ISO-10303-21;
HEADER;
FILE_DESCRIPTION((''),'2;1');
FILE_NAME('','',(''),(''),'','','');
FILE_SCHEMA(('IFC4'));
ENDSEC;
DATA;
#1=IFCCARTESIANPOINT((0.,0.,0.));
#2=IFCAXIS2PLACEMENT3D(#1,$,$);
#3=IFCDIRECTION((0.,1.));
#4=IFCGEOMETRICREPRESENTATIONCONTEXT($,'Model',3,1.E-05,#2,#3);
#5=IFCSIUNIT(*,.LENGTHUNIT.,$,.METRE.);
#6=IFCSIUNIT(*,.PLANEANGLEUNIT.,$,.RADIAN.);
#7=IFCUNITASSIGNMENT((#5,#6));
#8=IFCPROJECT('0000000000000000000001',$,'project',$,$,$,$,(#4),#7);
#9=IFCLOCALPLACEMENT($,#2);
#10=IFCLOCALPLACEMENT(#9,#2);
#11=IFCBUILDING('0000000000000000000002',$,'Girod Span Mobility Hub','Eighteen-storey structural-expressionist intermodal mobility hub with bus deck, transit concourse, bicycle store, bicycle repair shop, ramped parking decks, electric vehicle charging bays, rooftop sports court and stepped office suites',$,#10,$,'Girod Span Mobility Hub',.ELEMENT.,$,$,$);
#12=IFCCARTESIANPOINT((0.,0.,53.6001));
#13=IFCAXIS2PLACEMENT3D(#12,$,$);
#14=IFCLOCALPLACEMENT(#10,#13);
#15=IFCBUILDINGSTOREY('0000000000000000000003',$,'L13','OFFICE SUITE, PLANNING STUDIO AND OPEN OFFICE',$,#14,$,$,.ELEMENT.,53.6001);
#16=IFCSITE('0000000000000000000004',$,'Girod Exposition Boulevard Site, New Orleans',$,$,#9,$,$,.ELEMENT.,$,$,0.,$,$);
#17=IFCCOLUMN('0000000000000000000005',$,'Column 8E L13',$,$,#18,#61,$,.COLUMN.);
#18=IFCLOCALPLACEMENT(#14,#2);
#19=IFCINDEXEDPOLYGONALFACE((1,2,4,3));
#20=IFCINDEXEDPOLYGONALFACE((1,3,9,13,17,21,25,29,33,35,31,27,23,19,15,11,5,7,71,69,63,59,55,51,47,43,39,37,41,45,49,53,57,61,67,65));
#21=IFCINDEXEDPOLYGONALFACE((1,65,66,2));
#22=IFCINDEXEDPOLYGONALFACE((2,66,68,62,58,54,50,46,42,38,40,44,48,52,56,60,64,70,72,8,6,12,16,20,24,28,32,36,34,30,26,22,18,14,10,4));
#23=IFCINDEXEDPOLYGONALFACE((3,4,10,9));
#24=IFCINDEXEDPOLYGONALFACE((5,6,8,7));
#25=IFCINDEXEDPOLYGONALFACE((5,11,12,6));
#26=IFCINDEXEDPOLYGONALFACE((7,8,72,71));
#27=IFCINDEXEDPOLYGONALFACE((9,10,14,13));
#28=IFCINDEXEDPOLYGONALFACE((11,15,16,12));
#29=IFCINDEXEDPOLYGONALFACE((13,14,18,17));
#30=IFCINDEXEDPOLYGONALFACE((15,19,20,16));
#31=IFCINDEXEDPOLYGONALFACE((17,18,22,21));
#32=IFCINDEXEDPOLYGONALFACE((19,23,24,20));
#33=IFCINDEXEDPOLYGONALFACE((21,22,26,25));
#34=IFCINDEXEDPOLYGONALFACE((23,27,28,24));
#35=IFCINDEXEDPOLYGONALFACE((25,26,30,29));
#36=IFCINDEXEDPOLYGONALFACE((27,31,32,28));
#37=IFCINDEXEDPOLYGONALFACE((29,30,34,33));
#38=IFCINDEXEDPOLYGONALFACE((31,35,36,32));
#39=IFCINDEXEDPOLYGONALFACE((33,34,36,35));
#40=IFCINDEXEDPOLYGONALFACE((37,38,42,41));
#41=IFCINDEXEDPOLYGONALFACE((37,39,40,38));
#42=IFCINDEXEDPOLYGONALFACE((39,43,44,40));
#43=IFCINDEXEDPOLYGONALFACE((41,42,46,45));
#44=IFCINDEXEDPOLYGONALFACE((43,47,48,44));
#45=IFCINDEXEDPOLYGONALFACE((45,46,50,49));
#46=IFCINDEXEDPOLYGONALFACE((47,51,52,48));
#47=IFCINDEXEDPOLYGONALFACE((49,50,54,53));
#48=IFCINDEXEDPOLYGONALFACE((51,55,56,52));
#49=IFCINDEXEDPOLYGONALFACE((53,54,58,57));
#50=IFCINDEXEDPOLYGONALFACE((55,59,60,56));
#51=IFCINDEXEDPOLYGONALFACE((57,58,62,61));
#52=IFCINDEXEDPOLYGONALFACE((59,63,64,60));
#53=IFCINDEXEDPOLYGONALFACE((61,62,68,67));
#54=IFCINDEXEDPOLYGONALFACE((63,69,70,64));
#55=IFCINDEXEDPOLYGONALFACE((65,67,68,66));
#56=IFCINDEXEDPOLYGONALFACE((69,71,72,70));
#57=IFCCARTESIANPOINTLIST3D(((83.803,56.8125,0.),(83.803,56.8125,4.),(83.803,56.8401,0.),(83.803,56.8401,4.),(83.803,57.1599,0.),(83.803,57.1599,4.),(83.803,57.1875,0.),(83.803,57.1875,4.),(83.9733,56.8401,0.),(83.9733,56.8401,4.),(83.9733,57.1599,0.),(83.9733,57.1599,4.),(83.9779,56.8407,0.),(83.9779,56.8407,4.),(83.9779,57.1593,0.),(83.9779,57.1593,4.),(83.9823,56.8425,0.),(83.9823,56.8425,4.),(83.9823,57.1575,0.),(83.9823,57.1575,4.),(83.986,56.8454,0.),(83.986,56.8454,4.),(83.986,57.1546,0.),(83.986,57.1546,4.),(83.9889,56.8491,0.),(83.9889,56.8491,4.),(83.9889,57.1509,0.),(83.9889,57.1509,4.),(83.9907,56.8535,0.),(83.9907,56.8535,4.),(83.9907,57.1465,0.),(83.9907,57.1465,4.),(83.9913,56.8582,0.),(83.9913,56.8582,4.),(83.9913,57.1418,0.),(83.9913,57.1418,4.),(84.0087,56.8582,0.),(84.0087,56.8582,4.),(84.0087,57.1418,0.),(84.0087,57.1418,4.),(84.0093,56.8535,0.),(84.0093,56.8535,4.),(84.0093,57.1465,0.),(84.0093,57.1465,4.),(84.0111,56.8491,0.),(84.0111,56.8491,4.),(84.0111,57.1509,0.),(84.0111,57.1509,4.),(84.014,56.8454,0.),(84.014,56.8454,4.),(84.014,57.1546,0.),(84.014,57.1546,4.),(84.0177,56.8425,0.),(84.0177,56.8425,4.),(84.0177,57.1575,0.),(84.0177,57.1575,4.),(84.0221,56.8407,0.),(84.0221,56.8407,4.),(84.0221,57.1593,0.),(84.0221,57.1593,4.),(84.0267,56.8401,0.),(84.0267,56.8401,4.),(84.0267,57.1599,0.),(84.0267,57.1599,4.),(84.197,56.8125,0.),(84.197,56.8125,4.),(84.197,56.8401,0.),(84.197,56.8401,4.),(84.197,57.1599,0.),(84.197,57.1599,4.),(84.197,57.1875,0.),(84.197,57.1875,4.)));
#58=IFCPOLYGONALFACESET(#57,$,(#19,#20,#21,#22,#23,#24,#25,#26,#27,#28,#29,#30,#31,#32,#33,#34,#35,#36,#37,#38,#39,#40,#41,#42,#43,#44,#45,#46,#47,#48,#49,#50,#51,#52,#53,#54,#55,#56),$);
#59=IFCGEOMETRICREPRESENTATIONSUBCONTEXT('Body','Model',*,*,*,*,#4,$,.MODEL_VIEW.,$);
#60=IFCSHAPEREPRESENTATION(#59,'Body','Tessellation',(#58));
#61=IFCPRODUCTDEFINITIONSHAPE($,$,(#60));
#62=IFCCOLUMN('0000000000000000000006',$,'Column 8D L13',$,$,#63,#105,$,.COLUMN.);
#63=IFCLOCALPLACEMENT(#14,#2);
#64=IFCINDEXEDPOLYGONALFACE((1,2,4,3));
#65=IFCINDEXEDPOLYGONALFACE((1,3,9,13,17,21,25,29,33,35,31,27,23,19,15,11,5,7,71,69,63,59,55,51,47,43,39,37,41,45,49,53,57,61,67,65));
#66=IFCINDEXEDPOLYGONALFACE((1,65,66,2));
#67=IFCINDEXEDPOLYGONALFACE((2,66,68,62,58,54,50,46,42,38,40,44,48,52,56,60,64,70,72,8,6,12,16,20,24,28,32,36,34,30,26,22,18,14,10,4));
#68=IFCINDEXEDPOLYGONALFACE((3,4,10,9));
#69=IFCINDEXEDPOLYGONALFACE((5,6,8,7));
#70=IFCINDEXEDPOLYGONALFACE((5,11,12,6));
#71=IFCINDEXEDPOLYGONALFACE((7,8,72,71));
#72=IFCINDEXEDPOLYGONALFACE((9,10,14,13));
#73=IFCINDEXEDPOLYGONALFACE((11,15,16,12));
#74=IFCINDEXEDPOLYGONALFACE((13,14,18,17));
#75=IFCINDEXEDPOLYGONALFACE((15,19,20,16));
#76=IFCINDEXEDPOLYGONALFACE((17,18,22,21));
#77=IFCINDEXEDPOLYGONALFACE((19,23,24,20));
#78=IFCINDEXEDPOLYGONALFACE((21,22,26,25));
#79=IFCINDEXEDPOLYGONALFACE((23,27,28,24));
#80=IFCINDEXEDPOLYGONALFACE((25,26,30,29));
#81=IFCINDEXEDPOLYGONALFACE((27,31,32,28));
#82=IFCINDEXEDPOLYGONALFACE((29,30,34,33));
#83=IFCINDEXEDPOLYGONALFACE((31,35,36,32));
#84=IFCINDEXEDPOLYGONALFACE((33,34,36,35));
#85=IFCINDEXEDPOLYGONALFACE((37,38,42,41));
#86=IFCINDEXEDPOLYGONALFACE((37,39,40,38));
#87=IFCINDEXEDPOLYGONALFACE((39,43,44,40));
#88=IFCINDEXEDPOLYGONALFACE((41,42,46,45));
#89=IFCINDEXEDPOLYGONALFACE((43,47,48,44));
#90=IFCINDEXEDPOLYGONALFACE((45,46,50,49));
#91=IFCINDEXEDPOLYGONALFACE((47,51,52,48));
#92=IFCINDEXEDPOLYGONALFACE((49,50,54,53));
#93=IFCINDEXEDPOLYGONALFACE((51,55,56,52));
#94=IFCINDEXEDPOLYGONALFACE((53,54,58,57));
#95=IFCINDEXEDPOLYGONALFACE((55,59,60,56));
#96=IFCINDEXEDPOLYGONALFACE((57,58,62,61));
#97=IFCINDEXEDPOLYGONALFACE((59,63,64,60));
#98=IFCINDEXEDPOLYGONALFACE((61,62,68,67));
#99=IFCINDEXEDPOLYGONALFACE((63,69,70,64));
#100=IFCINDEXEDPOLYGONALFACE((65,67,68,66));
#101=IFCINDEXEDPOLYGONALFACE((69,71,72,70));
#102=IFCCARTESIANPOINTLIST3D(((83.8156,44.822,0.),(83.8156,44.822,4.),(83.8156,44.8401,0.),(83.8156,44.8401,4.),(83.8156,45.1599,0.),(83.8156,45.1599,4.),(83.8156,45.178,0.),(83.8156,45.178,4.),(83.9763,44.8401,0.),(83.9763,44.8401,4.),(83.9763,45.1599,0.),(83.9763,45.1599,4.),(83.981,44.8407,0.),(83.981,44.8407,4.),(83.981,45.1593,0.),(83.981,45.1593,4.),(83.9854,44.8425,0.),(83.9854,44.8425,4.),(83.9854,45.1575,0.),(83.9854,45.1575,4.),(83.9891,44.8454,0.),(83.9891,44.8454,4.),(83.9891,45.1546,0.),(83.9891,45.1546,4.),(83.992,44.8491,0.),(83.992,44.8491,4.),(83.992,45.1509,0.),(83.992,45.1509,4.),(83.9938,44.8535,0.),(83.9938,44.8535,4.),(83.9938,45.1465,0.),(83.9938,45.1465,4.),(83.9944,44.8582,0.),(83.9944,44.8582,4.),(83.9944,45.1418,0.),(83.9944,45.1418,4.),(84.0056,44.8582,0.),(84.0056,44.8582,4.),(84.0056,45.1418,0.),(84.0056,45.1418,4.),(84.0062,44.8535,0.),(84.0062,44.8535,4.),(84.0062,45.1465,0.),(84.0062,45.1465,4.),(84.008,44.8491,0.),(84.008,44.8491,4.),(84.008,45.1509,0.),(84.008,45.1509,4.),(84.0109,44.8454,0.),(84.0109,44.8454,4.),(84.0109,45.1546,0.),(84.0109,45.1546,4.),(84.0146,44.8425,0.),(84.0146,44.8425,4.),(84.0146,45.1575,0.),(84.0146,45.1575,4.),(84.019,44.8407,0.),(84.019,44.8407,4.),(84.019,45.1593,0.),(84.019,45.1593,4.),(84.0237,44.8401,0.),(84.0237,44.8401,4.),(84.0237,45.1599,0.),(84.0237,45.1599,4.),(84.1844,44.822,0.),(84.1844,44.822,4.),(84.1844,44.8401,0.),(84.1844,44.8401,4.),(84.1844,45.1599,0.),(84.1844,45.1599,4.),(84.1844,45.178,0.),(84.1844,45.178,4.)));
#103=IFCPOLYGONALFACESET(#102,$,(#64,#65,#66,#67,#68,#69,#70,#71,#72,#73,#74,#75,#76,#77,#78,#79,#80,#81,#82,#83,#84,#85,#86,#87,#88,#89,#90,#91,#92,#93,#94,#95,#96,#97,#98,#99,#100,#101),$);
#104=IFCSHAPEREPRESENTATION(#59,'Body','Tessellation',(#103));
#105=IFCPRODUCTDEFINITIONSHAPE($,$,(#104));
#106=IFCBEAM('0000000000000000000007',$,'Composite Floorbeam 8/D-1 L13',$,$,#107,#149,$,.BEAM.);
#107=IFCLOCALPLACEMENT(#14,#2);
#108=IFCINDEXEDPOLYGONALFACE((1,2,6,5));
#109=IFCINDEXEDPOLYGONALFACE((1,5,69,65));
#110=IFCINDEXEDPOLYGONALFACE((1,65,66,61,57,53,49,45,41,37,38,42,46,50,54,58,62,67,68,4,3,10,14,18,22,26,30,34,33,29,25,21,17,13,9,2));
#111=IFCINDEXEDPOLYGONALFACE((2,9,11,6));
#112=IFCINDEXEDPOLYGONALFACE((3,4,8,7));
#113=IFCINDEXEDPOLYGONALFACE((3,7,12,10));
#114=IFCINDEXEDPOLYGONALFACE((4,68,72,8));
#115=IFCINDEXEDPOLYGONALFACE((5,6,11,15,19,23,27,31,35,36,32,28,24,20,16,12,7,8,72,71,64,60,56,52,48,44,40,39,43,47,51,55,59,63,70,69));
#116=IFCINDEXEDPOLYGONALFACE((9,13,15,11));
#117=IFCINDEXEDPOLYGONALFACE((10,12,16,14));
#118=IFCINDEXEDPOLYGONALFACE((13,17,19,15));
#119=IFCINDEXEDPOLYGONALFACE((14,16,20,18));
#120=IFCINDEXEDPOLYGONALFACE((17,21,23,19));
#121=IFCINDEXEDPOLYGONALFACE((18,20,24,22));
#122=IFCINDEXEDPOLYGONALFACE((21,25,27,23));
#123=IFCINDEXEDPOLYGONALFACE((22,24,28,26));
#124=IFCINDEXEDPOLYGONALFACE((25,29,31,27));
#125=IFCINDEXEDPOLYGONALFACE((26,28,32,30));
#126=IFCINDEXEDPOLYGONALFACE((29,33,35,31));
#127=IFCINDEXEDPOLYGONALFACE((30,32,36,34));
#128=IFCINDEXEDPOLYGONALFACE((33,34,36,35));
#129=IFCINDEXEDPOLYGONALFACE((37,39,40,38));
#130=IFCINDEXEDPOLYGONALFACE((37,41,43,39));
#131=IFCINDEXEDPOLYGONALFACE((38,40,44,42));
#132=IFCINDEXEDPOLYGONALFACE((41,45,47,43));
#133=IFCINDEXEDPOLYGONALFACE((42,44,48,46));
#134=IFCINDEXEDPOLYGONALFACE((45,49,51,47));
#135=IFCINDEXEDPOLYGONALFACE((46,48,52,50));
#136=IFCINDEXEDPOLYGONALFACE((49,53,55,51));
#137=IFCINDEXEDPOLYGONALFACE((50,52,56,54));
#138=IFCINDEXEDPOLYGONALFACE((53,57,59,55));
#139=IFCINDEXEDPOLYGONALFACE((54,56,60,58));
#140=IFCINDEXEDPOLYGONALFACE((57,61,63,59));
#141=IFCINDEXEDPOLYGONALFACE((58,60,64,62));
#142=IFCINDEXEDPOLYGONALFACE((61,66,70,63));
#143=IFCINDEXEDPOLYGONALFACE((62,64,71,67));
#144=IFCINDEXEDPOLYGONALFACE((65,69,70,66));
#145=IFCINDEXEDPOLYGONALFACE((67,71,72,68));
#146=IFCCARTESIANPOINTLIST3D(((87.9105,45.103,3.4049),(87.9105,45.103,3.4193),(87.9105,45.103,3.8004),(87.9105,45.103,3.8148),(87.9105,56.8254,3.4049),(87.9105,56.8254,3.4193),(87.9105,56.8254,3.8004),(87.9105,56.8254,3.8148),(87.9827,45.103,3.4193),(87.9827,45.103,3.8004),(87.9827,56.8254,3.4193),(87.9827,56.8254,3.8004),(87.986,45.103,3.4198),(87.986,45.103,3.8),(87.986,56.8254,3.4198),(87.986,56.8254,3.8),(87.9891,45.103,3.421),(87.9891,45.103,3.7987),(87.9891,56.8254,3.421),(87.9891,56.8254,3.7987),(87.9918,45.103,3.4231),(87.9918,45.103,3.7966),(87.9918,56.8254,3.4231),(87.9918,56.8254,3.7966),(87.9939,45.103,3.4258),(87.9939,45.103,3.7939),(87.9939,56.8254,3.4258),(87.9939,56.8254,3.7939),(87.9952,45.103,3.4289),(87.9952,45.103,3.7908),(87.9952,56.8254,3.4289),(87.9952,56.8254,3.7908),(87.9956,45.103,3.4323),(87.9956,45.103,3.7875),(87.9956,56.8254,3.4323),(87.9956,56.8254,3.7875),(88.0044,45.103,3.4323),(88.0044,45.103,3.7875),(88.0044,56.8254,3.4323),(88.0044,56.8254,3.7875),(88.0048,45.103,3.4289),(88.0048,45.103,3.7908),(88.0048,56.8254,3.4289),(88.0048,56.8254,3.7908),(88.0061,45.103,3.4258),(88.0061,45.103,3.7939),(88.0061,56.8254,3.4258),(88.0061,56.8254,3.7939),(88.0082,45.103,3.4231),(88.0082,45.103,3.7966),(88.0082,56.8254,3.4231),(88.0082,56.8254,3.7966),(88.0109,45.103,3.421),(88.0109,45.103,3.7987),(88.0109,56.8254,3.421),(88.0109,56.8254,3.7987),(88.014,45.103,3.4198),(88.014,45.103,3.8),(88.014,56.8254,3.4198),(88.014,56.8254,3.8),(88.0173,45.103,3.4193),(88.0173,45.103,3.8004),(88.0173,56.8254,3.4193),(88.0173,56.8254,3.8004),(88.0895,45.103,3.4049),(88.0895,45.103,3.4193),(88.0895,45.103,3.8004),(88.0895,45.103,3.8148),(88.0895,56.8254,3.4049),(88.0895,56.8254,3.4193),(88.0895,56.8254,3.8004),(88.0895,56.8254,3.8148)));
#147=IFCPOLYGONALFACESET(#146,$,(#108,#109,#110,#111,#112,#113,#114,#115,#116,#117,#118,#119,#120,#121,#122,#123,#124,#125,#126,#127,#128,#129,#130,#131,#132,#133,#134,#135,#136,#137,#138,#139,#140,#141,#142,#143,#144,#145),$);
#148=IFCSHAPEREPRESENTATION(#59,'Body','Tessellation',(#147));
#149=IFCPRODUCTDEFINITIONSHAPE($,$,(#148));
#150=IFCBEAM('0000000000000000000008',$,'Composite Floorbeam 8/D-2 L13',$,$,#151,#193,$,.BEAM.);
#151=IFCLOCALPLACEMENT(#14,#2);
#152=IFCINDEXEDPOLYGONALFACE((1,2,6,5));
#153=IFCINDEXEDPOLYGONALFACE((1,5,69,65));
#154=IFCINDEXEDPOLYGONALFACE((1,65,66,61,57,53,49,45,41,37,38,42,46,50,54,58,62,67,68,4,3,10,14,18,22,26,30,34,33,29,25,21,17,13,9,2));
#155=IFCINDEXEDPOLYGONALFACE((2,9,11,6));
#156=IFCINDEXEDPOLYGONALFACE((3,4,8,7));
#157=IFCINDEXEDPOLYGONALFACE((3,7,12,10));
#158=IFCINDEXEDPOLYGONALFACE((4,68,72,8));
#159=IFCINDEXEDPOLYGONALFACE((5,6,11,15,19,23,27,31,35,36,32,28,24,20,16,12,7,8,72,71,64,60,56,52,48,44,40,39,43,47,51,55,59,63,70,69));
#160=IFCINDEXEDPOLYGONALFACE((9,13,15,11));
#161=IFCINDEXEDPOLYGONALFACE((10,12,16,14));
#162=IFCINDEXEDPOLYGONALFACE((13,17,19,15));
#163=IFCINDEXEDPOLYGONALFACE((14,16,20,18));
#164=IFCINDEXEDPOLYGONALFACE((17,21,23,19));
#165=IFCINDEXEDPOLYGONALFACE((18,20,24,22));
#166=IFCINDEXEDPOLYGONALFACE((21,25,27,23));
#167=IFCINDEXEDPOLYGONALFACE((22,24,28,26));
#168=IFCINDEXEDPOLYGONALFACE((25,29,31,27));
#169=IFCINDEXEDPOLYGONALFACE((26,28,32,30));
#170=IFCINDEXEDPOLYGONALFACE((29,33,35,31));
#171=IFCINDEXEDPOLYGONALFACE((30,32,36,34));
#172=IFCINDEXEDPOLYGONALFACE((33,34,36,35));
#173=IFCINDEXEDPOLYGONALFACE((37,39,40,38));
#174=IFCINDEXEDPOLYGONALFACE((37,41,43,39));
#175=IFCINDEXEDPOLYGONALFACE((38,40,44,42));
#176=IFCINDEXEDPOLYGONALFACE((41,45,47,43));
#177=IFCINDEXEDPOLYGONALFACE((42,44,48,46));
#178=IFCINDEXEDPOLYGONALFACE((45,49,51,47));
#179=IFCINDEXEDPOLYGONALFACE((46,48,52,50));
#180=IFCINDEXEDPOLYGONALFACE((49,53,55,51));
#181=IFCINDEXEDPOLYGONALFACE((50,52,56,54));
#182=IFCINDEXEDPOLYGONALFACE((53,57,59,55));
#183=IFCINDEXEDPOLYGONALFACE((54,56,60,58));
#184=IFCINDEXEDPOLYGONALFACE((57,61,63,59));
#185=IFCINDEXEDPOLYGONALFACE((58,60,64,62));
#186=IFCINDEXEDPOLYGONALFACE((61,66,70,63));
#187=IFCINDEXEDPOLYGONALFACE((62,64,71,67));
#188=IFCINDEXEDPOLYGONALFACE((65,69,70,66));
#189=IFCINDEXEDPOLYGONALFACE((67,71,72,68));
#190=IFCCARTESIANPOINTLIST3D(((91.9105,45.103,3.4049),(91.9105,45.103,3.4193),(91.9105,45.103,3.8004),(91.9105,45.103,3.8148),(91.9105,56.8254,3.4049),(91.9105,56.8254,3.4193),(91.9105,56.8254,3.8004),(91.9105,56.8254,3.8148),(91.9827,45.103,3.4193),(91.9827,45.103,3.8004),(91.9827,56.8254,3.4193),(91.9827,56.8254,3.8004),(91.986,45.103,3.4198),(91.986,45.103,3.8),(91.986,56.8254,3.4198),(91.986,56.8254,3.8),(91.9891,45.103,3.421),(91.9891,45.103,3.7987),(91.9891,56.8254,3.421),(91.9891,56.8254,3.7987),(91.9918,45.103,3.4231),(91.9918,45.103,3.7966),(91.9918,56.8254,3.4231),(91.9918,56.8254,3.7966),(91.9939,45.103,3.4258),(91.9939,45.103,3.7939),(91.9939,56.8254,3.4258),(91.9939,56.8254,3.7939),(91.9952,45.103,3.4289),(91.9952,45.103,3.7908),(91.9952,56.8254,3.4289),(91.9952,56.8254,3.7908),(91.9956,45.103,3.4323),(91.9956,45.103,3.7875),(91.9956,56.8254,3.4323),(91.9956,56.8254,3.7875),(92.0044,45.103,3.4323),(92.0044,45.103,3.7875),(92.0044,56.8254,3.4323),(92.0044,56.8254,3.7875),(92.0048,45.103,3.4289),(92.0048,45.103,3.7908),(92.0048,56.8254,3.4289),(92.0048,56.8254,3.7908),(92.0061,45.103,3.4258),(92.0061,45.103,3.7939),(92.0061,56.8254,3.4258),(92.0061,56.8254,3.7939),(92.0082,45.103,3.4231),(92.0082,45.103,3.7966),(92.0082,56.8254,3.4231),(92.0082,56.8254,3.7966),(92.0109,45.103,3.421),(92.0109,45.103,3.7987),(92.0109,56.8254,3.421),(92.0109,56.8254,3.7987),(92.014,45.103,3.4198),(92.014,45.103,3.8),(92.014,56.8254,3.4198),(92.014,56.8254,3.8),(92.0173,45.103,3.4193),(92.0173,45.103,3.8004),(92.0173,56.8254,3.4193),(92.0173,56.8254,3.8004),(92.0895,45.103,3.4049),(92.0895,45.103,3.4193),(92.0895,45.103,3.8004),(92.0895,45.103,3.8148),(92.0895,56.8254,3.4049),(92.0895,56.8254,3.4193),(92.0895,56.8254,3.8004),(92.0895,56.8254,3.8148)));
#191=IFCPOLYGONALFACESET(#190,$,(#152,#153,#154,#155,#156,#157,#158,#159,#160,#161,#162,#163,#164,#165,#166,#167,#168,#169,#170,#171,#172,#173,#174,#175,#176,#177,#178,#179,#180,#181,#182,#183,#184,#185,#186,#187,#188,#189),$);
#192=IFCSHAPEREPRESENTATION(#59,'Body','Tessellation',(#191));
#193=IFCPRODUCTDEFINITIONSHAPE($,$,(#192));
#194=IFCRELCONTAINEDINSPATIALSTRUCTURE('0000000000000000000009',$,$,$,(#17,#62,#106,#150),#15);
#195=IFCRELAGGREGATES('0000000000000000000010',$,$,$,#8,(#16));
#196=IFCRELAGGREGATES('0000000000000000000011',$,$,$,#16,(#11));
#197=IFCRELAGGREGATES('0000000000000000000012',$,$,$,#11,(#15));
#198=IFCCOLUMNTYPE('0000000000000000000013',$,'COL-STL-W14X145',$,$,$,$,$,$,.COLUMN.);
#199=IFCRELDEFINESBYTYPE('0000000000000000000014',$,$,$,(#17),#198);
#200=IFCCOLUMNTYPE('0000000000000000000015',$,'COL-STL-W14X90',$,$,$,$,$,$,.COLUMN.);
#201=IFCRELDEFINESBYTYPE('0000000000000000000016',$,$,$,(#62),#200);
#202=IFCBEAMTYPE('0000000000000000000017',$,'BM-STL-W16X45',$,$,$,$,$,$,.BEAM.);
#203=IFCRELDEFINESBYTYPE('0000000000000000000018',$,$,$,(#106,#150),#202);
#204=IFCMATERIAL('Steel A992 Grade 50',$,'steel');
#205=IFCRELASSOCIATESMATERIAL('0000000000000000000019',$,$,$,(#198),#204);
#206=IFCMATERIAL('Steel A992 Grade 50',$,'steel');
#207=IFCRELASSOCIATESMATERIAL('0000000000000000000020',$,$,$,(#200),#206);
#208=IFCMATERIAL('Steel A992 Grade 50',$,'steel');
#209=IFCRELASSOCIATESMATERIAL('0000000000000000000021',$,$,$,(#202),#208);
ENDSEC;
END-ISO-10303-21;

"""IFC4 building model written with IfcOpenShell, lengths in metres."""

from ifc_helpers import new_model, si_unit, direction, frame, origin, origin_2d, place, context, subcontext, project, spatial, i_section, extrude, material, material_profile, profile_set, type_object, element, save


model = new_model("IFC4")

# Units and contexts
model_context = context("Model", 3, precision=1e-05, world=origin(), true_north=direction((0.0, 1.0)))
body_context = subcontext(model_context, "Body", "Model", "MODEL_VIEW")
ifc_project = project(units=[si_unit("LENGTHUNIT", "METRE"), si_unit("PLANEANGLEUNIT", "RADIAN")], contexts=[model_context])

# Site, building, storey
site_placement = place(None, origin())
site = spatial("IfcSite", under=ifc_project, at=site_placement, Name="Girod Exposition Boulevard Site, New Orleans", CompositionType="ELEMENT", RefElevation=0.0)
building_placement = place(site_placement, origin())
building = spatial("IfcBuilding", under=site, at=building_placement, Name="Girod Span Mobility Hub", Description="Eighteen-storey structural-expressionist intermodal mobility hub with bus deck, transit concourse, bicycle store, bicycle repair shop, ramped parking decks, electric vehicle charging bays, rooftop sports court and stepped office suites", LongName="Girod Span Mobility Hub", CompositionType="ELEMENT")
storey_placement = place(building_placement, frame((0.0, 0.0, 53.6001)))
storey = spatial("IfcBuildingStorey", under=building, at=storey_placement, Name="L13", Description="OFFICE SUITE, PLANNING STUDIO AND OPEN OFFICE", CompositionType="ELEMENT", Elevation=53.6001)

# Columns
ifc_material_1 = material(Name="Steel A992 Grade 50", Category="steel")
ifc_material_profile_1 = material_profile(ifc_material_1, i_section(OverallWidth=0.394, OverallDepth=0.375, WebThickness=0.0173, FlangeThickness=0.0276, FilletRadius=0.0181, at=origin_2d()), Name="W14X145")
ifc_profile_set_1 = profile_set([ifc_material_profile_1], Name="Steel A992 Grade 50")
column_type_1 = type_object("IfcColumnType", Name="COL-STL-W14X145", PredefinedType="COLUMN", material=ifc_profile_set_1)
column_1_placement = place(storey_placement, frame((84.0, 57.0, 0.0), z_axis=(0.0, 0.0, 1.0), x_axis=(1.0, 0.0, 0.0)))
element("IfcColumn", 1, at=column_1_placement, inside=storey, type_object=column_type_1, Name="Column 8E L13", PredefinedType="COLUMN", context=body_context, shape_type="SweptSolid", body=[
    extrude(i_section(OverallWidth=0.394, OverallDepth=0.375, WebThickness=0.0173, FlangeThickness=0.0276, FilletRadius=0.0181, at=origin_2d()), origin(), (0.0, 0.0, 1.0), 4.0),
])
ifc_material_2 = material(Name="Steel A992 Grade 50", Category="steel")
ifc_material_profile_2 = material_profile(ifc_material_2, i_section(OverallWidth=0.3689, OverallDepth=0.356, WebThickness=0.0112, FlangeThickness=0.0181, FilletRadius=0.0181, at=origin_2d()), Name="W14X90")
ifc_profile_set_2 = profile_set([ifc_material_profile_2], Name="Steel A992 Grade 50")
column_type_2 = type_object("IfcColumnType", Name="COL-STL-W14X90", PredefinedType="COLUMN", material=ifc_profile_set_2)
column_2_placement = place(storey_placement, frame((84.0, 45.0, 0.0), z_axis=(0.0, 0.0, 1.0), x_axis=(1.0, 0.0, 0.0)))
element("IfcColumn", 2, at=column_2_placement, inside=storey, type_object=column_type_2, Name="Column 8D L13", PredefinedType="COLUMN", context=body_context, shape_type="SweptSolid", body=[
    extrude(i_section(OverallWidth=0.3689, OverallDepth=0.356, WebThickness=0.0112, FlangeThickness=0.0181, FilletRadius=0.0181, at=origin_2d()), origin(), (0.0, 0.0, 1.0), 4.0),
])

# Beams
ifc_material_3 = material(Name="Steel A992 Grade 50", Category="steel")
ifc_material_profile_3 = material_profile(ifc_material_3, i_section(OverallWidth=0.179, OverallDepth=0.4099, WebThickness=0.0088, FlangeThickness=0.0144, FilletRadius=0.0129, at=origin_2d()), Name="W16X45")
ifc_profile_set_3 = profile_set([ifc_material_profile_3], Name="Steel A992 Grade 50")
beam_type_1 = type_object("IfcBeamType", Name="BM-STL-W16X45", PredefinedType="BEAM", material=ifc_profile_set_3)
for number, where, z_axis, x_axis, name in (
    (3, (88.0, 45.103, 3.6099), (0.0, 1.0, 0.0), (-1.0, 0.0, 0.0), "Composite Floorbeam 8/D-1 L13"),
    (4, (92.0, 45.103, 3.6099), (0.0, 1.0, 0.0), (-1.0, 0.0, 0.0), "Composite Floorbeam 8/D-2 L13"),
):
    element("IfcBeam", number, at=place(storey_placement, frame(where, z_axis=z_axis, x_axis=x_axis)), inside=storey, type_object=beam_type_1, Name=name, PredefinedType="BEAM", context=body_context, shape_type="SweptSolid", body=[
        extrude(i_section(OverallWidth=0.179, OverallDepth=0.4099, WebThickness=0.0088, FlangeThickness=0.0144, FilletRadius=0.0129, at=origin_2d()), origin(), (0.0, 0.0, 1.0), 11.7224),
    ])

save(model, "model.ifc")
